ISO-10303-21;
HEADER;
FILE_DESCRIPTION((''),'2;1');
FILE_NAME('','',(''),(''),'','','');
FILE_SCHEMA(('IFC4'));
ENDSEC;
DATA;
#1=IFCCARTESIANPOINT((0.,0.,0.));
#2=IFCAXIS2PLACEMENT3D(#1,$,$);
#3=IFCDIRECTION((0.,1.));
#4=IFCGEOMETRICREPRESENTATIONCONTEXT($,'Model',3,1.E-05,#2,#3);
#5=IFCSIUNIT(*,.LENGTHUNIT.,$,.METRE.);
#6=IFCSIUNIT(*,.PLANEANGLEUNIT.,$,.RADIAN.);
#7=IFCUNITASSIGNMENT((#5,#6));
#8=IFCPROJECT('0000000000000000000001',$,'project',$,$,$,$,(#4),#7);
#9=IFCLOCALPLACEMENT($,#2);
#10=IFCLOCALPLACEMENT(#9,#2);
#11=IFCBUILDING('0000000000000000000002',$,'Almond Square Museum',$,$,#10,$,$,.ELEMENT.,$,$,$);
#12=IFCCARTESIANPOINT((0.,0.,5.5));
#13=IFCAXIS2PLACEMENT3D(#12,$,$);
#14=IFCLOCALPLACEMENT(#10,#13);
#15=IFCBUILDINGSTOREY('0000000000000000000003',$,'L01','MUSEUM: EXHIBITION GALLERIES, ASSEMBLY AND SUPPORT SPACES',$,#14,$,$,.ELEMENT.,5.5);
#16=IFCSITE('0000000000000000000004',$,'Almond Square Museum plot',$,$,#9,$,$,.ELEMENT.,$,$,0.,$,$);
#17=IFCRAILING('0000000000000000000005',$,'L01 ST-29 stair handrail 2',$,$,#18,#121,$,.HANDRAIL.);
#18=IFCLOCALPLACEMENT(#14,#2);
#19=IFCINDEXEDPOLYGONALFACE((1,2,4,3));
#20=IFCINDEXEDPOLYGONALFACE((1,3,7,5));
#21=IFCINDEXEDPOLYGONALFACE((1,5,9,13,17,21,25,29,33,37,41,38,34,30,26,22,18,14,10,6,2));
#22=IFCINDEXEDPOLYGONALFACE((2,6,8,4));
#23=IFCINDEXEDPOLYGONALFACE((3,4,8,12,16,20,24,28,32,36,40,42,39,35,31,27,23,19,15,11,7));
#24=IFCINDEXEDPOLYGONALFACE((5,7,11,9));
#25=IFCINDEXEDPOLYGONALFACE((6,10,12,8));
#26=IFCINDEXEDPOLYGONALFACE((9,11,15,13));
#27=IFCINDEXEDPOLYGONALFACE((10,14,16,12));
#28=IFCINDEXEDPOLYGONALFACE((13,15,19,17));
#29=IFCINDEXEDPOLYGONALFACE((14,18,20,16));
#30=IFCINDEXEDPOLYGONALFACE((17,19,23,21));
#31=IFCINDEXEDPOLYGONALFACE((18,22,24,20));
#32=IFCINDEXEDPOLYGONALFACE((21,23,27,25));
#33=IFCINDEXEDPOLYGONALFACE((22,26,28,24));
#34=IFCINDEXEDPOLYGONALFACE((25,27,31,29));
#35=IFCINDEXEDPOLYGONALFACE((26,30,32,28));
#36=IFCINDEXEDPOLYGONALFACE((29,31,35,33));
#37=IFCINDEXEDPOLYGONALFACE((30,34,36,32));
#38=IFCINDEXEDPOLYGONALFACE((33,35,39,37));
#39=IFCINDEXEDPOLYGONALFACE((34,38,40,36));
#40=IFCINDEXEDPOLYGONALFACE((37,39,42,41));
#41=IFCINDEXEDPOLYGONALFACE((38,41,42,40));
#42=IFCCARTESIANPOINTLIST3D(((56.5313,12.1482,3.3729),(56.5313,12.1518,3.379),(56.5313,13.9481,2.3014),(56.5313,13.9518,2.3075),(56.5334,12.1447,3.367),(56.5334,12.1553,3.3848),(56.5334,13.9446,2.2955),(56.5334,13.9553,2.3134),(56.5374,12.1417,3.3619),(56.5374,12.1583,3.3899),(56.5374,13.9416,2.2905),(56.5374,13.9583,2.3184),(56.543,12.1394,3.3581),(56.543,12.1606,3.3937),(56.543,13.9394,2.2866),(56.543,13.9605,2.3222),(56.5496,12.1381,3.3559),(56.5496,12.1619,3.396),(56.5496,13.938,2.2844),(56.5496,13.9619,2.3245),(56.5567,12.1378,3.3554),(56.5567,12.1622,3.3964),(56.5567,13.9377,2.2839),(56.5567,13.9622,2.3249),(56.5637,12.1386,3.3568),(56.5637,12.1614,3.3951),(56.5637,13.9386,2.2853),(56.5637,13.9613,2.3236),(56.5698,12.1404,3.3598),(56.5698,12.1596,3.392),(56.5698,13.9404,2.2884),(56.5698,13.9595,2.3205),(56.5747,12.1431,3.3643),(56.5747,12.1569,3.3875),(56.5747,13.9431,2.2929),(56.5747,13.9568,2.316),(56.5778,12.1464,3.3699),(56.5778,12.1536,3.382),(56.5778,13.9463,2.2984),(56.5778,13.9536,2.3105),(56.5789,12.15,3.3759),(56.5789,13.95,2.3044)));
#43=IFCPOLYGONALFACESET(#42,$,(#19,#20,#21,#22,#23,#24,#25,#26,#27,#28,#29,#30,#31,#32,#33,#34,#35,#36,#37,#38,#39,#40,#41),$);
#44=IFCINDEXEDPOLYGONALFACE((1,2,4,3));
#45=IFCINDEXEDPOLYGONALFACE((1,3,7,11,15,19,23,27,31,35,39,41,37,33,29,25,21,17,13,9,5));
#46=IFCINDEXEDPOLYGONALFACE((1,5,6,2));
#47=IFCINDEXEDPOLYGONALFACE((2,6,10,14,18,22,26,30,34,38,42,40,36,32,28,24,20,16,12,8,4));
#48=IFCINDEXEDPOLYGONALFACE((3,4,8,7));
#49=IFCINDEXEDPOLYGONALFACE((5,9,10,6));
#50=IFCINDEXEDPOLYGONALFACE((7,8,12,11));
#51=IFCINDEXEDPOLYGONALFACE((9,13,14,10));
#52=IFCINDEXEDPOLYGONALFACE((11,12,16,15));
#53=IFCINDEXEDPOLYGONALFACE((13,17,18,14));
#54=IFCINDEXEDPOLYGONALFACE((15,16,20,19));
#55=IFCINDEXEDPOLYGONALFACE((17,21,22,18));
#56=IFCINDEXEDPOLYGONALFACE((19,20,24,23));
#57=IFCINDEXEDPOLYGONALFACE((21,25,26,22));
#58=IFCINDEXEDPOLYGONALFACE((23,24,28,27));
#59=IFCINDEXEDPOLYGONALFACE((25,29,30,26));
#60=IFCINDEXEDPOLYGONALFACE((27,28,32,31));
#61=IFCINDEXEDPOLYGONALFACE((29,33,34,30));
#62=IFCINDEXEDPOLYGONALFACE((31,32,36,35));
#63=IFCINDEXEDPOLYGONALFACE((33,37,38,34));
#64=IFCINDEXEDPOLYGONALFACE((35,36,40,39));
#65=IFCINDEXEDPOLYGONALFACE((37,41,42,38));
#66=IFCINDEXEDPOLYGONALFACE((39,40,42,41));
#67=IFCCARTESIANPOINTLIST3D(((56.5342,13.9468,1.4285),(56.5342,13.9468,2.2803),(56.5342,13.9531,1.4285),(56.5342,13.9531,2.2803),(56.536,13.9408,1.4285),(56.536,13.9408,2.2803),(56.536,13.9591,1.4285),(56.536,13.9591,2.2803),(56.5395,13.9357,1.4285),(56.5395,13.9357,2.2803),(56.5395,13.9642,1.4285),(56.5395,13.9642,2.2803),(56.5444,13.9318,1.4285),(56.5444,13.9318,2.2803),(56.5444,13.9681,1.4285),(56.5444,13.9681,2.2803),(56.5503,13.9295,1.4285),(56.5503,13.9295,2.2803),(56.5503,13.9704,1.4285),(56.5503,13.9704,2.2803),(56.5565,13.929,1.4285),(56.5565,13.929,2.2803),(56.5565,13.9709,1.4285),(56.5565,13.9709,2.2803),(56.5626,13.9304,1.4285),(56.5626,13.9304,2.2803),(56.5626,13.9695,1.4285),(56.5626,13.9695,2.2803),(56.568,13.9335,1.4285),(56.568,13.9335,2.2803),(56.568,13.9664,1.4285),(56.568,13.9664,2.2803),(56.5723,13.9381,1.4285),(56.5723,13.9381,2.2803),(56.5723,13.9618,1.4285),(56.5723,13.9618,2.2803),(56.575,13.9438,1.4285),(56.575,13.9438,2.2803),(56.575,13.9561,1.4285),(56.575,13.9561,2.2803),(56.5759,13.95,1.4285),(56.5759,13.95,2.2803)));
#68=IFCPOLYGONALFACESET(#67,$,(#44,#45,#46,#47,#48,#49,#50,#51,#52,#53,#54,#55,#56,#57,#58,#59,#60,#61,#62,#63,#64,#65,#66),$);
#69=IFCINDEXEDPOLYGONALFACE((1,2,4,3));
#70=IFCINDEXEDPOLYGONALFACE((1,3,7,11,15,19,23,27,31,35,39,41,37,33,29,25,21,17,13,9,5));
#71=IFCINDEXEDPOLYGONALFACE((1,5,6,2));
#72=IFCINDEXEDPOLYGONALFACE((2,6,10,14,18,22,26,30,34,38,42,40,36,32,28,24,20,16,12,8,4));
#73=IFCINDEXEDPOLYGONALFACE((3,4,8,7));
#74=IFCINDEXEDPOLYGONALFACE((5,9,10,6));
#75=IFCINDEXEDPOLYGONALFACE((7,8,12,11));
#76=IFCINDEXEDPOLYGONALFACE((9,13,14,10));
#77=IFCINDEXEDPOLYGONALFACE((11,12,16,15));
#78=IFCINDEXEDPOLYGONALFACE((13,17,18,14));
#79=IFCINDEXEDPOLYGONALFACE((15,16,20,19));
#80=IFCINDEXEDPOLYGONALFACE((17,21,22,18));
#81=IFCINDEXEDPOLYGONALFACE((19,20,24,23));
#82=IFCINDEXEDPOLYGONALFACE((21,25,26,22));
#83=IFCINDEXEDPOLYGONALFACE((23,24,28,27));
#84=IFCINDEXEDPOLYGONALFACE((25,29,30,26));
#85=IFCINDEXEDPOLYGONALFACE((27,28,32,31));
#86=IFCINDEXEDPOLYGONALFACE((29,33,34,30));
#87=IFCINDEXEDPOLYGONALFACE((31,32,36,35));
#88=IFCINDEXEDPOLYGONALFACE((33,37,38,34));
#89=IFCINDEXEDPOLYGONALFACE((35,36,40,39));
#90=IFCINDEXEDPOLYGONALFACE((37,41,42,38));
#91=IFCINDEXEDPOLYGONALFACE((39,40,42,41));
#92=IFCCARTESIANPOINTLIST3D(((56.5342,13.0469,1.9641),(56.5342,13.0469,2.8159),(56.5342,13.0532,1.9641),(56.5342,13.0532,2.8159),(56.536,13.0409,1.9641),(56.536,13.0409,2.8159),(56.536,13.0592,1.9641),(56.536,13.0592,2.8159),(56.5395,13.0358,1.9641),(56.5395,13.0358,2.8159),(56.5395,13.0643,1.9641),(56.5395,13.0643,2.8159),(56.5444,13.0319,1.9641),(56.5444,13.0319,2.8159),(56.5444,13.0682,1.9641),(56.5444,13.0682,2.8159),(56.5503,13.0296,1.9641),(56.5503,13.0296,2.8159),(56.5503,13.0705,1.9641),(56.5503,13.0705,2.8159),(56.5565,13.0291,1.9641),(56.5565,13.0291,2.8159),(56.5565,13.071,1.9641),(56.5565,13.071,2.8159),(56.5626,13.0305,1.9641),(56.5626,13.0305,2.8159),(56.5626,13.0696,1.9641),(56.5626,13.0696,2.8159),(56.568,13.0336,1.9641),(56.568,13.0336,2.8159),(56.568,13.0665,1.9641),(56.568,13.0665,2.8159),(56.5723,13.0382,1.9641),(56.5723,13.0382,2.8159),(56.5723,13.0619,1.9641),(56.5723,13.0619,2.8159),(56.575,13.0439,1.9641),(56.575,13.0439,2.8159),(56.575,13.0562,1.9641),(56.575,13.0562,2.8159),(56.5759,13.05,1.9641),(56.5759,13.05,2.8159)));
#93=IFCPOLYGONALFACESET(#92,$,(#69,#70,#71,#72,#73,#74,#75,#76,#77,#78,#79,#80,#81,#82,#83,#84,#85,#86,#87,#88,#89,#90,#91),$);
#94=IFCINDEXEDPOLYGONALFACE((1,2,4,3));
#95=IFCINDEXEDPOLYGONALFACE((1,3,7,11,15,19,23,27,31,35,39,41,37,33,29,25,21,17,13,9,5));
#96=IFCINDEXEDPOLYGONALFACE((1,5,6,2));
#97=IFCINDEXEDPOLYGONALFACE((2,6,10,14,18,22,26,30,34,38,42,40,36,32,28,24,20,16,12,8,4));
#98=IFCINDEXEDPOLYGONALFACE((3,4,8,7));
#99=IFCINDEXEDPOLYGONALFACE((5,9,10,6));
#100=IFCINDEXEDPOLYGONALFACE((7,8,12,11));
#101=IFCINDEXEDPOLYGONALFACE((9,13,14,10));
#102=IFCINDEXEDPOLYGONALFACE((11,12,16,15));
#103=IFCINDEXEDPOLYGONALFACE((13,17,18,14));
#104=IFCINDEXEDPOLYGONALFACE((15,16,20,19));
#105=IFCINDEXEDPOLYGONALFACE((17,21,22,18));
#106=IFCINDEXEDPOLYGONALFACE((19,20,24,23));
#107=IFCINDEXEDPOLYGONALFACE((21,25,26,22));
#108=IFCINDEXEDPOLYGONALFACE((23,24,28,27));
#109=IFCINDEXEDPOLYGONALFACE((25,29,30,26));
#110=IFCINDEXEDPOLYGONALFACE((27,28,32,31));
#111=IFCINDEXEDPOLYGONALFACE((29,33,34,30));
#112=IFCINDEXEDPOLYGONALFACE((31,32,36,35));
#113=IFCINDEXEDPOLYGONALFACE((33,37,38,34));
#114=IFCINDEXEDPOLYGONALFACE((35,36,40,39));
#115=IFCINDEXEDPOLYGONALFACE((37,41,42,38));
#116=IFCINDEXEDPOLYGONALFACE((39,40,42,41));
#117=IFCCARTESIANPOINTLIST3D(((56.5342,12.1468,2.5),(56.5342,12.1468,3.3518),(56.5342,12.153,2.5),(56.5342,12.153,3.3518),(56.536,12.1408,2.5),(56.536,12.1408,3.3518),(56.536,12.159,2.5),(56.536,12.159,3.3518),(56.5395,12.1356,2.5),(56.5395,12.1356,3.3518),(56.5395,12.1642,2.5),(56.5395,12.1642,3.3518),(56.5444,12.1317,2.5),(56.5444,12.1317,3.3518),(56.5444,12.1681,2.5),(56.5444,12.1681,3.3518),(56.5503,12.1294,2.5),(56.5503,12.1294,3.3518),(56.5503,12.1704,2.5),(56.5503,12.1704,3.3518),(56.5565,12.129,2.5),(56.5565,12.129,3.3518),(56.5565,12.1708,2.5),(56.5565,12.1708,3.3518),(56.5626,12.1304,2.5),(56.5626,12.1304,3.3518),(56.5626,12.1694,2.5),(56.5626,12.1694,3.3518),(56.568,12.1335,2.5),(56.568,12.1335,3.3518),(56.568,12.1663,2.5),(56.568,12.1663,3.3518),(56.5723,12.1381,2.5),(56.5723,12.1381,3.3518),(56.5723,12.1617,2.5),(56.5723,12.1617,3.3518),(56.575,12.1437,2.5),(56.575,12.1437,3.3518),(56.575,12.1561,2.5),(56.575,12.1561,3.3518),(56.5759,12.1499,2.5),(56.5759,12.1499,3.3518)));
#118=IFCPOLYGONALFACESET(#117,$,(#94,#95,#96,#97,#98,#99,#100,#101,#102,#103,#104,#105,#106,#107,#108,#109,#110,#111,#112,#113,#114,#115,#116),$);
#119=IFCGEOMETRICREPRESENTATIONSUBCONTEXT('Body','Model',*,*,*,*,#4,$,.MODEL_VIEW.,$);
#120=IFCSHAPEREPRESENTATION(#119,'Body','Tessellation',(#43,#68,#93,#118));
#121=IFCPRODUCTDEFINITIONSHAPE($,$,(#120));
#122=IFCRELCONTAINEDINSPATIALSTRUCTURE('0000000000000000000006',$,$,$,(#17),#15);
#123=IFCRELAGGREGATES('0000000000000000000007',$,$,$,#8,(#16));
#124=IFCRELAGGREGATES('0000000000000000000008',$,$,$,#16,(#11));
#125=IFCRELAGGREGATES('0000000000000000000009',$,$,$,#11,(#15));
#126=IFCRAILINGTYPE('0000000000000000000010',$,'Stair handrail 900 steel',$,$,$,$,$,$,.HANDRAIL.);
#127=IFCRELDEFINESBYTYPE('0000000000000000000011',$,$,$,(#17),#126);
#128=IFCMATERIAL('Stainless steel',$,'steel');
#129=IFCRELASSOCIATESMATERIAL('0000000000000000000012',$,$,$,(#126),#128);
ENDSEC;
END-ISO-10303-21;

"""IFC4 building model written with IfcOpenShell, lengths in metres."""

from ifc_helpers import new_model, si_unit, direction, frame, origin, origin_2d, place, context, subcontext, project, spatial, circle, extrude, material, type_object, element, save


model = new_model("IFC4")

# Units and contexts
model_context = context("Model", 3, precision=1e-05, world=origin(), true_north=direction((0.0, 1.0)))
body_context = subcontext(model_context, "Body", "Model", "MODEL_VIEW")
ifc_project = project(units=[si_unit("LENGTHUNIT", "METRE"), si_unit("PLANEANGLEUNIT", "RADIAN")], contexts=[model_context])

# Site, building, storey
site_placement = place(None, origin())
site = spatial("IfcSite", under=ifc_project, at=site_placement, Name="Almond Square Museum plot", CompositionType="ELEMENT", RefElevation=0.0)
building_placement = place(site_placement, origin())
building = spatial("IfcBuilding", under=site, at=building_placement, Name="Almond Square Museum", CompositionType="ELEMENT")
storey_placement = place(building_placement, frame((0.0, 0.0, 5.5)))
storey = spatial("IfcBuildingStorey", under=building, at=storey_placement, Name="L01", Description="MUSEUM: EXHIBITION GALLERIES, ASSEMBLY AND SUPPORT SPACES", CompositionType="ELEMENT", Elevation=5.5)

# Railing
ifc_material_1 = material(Name="Stainless steel", Category="steel")
railing_type_1 = type_object("IfcRailingType", Name="Stair handrail 900 steel", PredefinedType="HANDRAIL", material=ifc_material_1)
railing_1_placement = place(storey_placement, frame((56.5549, 13.95, 1.4285)))
element("IfcRailing", 1, at=railing_1_placement, inside=storey, type_object=railing_type_1, Name="L01 ST-29 stair handrail 2", PredefinedType="HANDRAIL", context=body_context, shape_type="SweptSolid", body=[
    extrude(circle(Radius=0.0239, at=origin_2d()), frame((0.0, 0.0, 0.876), z_axis=(0.0, -0.859277, 0.51151), x_axis=(1.0, 0.0, 0.0)), (0.0, 0.0, 1.0), 2.0947),
    extrude(circle(Radius=0.021, at=origin_2d()), origin(), (0.0, 0.0, 1.0), 0.8518),
    extrude(circle(Radius=0.021, at=origin_2d()), frame((0.0, -0.8999, 0.5356)), (0.0, 0.0, 1.0), 0.8518),
    extrude(circle(Radius=0.021, at=origin_2d()), frame((0.0, -1.8, 1.0715)), (0.0, 0.0, 1.0), 0.8518),
])

save(model, "model.ifc")
